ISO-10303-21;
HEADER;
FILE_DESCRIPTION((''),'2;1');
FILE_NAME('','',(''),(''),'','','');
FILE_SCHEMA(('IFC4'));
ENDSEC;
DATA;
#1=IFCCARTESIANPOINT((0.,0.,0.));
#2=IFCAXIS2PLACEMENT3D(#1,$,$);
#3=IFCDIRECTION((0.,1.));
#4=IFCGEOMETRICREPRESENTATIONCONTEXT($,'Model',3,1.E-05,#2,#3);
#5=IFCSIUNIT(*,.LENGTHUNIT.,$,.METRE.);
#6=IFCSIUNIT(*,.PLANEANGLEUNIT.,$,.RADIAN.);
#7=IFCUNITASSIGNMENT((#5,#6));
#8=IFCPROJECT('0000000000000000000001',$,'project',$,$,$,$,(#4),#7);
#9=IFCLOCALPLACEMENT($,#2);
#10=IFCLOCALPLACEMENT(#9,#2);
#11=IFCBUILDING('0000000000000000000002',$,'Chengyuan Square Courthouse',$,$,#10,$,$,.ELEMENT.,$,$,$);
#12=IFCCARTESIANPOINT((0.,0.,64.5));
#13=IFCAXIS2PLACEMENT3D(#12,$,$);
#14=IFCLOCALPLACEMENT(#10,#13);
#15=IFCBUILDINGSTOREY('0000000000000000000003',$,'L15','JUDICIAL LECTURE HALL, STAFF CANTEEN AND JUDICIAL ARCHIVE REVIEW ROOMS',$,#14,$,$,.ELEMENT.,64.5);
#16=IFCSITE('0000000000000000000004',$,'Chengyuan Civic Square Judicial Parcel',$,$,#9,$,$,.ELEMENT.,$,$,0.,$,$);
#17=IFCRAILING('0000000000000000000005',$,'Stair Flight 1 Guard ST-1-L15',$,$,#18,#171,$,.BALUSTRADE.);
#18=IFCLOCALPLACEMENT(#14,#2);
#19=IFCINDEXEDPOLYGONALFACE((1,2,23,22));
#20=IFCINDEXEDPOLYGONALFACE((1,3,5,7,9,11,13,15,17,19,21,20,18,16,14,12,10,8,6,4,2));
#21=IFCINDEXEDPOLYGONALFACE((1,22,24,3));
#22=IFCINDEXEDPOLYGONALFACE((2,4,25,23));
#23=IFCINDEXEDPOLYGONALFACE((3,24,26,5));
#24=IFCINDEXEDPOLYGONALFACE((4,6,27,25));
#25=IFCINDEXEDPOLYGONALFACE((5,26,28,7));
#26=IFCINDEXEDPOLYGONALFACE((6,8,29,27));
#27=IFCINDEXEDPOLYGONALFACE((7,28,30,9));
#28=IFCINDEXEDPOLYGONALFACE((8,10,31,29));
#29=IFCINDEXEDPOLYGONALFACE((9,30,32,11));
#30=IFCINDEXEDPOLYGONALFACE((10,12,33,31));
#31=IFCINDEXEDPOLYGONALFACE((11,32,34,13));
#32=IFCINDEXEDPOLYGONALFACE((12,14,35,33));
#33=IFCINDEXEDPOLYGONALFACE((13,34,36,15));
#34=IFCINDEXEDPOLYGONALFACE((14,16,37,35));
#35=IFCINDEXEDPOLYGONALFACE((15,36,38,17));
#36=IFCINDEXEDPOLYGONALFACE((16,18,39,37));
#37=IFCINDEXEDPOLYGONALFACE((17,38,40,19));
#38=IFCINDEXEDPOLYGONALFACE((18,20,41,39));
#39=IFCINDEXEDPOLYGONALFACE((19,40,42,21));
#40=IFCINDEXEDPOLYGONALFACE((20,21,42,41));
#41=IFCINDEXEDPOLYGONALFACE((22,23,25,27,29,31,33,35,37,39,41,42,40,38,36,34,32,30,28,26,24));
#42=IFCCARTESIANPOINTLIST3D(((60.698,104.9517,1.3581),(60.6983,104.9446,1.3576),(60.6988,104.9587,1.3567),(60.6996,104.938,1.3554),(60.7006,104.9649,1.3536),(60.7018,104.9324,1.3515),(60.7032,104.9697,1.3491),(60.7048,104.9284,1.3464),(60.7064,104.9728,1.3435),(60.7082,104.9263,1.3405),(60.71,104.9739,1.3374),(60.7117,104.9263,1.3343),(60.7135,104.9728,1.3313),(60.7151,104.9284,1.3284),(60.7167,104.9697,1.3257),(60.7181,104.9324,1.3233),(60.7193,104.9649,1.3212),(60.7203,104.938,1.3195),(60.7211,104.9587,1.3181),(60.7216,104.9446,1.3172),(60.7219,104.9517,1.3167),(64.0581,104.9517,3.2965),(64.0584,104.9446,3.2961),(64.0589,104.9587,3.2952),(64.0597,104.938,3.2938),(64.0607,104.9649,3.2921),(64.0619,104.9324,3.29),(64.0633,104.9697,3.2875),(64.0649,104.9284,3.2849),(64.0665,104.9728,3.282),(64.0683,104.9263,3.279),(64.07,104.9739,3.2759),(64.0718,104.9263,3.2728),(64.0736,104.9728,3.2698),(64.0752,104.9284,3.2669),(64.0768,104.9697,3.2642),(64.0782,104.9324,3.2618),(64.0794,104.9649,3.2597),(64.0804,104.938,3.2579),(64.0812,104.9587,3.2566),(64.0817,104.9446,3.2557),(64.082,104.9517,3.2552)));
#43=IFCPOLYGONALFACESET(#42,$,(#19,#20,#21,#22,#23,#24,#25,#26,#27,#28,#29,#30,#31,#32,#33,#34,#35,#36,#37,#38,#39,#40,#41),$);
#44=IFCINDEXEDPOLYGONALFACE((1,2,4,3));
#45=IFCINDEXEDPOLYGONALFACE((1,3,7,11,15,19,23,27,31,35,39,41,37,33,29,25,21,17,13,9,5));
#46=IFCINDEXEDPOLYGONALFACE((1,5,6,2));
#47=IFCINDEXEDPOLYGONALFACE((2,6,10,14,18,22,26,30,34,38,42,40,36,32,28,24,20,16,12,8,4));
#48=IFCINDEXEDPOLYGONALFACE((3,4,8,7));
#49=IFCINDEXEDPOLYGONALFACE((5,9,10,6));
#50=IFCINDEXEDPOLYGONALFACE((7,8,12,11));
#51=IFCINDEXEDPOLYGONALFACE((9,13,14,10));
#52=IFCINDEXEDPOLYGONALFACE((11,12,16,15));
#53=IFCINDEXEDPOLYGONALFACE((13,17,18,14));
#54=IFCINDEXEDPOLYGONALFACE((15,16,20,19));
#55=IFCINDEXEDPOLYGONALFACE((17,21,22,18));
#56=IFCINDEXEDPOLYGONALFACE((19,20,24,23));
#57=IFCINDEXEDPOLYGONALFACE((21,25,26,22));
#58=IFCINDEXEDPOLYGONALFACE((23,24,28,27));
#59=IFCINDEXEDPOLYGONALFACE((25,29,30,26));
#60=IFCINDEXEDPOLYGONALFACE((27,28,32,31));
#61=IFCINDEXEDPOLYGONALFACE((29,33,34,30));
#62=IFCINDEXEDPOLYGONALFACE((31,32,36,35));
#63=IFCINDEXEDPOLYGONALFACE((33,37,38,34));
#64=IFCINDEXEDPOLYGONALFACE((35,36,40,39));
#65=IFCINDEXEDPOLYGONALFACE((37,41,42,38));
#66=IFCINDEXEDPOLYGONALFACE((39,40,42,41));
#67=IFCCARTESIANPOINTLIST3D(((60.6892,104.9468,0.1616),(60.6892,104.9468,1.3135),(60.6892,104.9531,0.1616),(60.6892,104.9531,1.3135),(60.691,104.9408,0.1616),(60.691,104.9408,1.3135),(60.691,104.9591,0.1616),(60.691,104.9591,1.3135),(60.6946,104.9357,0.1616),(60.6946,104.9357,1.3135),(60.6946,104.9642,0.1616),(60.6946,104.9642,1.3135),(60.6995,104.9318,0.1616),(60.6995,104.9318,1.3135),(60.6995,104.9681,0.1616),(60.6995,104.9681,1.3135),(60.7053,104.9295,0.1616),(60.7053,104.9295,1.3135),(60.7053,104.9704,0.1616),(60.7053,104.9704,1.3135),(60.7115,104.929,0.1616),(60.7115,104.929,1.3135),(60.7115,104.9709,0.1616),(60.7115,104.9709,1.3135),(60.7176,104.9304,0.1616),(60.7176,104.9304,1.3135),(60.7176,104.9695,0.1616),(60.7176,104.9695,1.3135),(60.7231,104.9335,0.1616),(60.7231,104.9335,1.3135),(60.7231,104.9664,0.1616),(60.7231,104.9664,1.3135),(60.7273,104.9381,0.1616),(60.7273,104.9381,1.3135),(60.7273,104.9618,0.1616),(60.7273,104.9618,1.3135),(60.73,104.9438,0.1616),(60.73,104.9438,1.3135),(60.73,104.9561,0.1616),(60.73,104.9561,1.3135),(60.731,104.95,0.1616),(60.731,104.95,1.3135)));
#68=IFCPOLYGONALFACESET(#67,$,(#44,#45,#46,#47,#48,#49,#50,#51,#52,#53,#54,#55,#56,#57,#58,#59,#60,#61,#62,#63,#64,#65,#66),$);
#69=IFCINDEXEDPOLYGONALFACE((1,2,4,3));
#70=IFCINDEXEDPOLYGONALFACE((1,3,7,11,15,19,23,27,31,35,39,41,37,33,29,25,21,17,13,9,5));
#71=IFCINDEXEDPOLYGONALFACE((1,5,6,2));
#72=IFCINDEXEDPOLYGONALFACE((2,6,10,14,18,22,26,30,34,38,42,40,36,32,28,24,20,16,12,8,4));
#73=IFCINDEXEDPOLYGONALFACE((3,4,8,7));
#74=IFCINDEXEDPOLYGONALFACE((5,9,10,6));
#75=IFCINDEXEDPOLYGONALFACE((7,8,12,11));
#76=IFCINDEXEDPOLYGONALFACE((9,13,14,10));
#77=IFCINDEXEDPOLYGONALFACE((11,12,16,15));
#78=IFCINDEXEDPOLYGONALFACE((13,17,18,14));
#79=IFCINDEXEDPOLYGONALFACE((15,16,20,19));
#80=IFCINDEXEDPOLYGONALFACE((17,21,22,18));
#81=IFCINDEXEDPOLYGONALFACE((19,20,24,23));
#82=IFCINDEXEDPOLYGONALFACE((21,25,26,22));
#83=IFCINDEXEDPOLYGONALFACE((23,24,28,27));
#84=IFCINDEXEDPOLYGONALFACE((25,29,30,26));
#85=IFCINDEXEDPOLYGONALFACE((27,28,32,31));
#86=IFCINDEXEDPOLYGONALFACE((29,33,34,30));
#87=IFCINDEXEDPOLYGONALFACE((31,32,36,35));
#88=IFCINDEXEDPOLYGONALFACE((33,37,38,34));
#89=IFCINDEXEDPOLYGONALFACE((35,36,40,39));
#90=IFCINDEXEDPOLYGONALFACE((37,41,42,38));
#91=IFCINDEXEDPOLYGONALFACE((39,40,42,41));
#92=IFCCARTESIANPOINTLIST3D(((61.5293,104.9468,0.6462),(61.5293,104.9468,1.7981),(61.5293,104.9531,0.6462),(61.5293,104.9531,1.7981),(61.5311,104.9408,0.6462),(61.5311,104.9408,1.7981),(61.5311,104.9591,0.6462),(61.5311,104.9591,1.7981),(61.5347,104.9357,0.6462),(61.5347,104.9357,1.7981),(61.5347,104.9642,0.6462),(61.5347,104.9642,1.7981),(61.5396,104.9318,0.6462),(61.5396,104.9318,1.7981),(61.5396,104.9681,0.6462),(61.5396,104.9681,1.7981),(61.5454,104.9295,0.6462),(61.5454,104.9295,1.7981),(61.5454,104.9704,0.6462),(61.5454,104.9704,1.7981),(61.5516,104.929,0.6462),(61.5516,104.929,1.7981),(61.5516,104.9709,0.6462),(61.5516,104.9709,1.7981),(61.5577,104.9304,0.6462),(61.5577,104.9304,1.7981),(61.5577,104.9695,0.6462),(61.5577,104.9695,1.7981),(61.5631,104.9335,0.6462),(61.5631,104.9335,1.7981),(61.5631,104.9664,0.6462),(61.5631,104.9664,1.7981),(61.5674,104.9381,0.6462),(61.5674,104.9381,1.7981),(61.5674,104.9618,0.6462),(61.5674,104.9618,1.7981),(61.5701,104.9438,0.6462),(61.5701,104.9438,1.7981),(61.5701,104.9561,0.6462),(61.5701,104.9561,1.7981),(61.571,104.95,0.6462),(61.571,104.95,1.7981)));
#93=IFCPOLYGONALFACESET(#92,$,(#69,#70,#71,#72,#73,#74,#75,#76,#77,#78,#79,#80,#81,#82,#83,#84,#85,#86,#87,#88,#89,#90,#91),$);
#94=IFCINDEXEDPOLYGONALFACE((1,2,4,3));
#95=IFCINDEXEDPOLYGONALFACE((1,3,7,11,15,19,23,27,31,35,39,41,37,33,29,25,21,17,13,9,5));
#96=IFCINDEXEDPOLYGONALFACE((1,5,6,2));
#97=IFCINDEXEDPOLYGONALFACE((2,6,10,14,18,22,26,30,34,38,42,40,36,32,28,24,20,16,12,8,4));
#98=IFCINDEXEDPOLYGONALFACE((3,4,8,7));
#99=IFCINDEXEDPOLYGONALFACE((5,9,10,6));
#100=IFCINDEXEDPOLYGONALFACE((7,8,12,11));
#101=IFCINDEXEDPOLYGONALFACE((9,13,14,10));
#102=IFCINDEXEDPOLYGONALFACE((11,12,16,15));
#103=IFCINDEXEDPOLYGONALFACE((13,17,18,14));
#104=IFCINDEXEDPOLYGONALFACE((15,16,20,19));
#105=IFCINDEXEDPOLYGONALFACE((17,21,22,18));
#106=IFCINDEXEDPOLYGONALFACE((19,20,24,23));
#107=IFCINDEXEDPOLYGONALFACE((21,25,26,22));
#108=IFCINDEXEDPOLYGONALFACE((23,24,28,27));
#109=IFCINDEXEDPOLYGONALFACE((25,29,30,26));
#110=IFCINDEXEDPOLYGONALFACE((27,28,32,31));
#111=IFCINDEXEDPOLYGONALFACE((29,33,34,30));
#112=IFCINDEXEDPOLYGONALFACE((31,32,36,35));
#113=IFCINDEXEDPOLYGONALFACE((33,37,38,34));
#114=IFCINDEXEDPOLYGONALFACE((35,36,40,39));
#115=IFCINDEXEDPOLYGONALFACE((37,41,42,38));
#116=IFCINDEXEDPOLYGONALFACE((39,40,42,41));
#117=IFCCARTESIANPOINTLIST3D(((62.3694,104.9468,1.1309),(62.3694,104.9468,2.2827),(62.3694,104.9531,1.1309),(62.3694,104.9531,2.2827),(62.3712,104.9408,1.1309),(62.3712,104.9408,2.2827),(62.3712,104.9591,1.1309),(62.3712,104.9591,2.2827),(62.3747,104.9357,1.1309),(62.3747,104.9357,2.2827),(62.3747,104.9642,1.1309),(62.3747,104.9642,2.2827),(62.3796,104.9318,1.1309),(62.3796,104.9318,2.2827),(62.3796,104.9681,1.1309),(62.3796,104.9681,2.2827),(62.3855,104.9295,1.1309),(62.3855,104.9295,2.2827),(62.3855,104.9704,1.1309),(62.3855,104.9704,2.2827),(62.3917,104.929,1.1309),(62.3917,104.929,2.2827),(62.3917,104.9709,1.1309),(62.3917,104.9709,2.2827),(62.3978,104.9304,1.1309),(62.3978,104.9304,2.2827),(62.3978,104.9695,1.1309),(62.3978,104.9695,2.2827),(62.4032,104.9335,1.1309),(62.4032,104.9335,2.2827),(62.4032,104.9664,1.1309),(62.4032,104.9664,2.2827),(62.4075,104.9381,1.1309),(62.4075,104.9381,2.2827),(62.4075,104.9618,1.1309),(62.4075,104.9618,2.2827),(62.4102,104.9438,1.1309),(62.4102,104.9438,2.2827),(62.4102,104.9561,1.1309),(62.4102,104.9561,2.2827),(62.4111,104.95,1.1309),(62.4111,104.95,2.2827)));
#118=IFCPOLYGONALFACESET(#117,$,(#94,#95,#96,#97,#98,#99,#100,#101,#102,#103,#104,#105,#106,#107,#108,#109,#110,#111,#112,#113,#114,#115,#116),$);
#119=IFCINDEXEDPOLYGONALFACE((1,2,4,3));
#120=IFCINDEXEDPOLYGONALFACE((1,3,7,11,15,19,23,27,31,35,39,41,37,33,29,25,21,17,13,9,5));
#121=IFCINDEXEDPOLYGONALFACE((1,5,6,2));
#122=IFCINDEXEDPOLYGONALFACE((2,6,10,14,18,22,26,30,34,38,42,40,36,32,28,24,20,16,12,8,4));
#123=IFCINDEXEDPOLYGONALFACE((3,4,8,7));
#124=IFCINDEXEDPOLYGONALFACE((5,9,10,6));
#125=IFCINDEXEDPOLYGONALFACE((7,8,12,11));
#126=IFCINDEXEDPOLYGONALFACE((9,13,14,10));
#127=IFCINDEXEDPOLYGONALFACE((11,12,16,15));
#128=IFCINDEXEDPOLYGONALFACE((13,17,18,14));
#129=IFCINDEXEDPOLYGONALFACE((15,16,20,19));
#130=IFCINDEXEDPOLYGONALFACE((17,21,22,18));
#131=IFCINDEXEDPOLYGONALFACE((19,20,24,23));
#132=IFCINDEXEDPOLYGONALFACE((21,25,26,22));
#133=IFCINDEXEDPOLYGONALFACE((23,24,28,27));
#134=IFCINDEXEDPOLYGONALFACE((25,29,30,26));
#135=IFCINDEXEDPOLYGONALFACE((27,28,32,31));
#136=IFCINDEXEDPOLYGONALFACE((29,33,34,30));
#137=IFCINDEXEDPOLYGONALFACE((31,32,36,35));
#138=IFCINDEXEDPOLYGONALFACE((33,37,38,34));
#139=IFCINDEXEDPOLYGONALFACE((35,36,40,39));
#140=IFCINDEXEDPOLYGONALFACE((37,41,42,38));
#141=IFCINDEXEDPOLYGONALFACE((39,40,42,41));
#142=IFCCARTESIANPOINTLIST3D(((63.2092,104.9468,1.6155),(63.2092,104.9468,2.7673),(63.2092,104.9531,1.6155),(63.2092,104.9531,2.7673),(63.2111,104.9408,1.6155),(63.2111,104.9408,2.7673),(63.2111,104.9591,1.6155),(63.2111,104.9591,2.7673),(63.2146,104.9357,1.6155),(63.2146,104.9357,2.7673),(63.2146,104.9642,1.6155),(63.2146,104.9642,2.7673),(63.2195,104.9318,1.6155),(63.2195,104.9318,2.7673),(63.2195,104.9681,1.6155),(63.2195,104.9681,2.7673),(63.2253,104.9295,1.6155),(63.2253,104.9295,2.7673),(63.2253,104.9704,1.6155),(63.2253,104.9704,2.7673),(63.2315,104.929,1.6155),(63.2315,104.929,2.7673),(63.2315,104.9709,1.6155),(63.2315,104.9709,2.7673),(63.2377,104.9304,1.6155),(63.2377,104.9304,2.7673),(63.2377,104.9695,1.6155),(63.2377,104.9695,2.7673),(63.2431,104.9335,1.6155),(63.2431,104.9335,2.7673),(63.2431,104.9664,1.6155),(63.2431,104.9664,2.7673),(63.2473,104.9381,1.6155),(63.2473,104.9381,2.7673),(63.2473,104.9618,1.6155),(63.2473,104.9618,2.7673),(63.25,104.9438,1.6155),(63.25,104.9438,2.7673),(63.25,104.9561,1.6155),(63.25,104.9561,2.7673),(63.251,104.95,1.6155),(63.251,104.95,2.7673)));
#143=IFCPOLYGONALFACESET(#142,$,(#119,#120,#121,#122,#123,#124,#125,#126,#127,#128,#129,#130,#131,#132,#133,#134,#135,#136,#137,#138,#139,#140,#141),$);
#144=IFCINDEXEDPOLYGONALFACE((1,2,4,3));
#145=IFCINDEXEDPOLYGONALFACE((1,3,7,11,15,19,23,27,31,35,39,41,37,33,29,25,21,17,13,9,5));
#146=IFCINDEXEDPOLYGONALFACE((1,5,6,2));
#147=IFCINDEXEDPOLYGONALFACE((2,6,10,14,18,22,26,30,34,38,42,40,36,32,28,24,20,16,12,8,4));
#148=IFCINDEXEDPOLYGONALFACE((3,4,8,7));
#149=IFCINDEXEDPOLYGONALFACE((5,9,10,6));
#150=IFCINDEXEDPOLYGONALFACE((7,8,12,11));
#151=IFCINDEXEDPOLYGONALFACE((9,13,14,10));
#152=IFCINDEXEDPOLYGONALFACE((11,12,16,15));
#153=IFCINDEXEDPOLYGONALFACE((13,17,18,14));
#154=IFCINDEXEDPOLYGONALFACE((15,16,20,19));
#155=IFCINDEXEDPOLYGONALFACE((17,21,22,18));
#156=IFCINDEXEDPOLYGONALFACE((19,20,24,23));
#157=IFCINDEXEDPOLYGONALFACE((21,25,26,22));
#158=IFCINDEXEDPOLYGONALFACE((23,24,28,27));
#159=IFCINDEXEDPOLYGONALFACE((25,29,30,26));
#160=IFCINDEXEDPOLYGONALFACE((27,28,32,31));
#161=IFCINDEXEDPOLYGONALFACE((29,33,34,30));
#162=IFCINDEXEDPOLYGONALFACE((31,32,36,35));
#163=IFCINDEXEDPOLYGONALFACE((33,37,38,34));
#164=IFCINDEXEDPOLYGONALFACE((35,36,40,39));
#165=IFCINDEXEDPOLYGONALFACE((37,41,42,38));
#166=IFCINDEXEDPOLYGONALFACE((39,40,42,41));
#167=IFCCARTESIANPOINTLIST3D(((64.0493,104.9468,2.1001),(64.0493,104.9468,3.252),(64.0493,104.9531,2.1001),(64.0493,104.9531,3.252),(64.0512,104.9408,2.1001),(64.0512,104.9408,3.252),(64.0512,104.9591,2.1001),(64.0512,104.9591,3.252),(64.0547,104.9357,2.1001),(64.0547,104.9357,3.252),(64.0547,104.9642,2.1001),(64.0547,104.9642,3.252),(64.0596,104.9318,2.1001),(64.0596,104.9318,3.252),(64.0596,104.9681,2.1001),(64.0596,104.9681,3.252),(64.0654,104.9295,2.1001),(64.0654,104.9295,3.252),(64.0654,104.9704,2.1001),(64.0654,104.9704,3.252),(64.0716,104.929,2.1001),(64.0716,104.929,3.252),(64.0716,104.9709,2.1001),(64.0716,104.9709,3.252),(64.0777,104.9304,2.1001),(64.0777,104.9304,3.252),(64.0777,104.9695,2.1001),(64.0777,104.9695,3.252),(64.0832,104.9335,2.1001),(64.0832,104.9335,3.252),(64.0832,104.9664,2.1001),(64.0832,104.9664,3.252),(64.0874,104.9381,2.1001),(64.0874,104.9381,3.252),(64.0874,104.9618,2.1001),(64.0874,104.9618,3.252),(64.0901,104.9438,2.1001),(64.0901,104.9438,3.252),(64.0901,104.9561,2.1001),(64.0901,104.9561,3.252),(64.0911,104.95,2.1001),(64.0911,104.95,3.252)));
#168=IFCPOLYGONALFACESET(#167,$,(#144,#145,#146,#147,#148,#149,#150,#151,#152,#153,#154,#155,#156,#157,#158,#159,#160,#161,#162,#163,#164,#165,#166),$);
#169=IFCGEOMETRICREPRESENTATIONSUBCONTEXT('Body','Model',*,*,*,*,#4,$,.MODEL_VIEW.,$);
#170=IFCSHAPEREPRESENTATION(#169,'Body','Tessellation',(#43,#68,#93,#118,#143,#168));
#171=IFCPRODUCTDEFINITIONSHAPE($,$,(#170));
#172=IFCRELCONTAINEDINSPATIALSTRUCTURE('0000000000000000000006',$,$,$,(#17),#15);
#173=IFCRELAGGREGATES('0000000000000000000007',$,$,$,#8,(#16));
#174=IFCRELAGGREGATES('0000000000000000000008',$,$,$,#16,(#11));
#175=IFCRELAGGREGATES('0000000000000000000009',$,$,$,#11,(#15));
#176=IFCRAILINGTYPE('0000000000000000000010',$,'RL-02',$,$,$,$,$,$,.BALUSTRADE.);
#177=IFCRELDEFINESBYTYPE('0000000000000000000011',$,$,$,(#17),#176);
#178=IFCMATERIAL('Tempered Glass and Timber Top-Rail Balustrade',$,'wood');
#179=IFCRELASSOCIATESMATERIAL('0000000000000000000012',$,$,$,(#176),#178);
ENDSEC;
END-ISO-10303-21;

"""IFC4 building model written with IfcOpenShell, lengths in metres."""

from ifc_helpers import new_model, si_unit, direction, frame, origin, origin_2d, place, context, subcontext, project, spatial, circle, extrude, material, type_object, element, save


model = new_model("IFC4")

# Units and contexts
model_context = context("Model", 3, precision=1e-05, world=origin(), true_north=direction((0.0, 1.0)))
body_context = subcontext(model_context, "Body", "Model", "MODEL_VIEW")
ifc_project = project(units=[si_unit("LENGTHUNIT", "METRE"), si_unit("PLANEANGLEUNIT", "RADIAN")], contexts=[model_context])

# Site, building, storey
site_placement = place(None, origin())
site = spatial("IfcSite", under=ifc_project, at=site_placement, Name="Chengyuan Civic Square Judicial Parcel", CompositionType="ELEMENT", RefElevation=0.0)
building_placement = place(site_placement, origin())
building = spatial("IfcBuilding", under=site, at=building_placement, Name="Chengyuan Square Courthouse", CompositionType="ELEMENT")
storey_placement = place(building_placement, frame((0.0, 0.0, 64.5)))
storey = spatial("IfcBuildingStorey", under=building, at=storey_placement, Name="L15", Description="JUDICIAL LECTURE HALL, STAFF CANTEEN AND JUDICIAL ARCHIVE REVIEW ROOMS", CompositionType="ELEMENT", Elevation=64.5)

# Railing
ifc_material_1 = material(Name="Tempered Glass and Timber Top-Rail Balustrade", Category="wood")
railing_type_1 = type_object("IfcRailingType", Name="RL-02", PredefinedType="BALUSTRADE", material=ifc_material_1)
railing_1_placement = place(storey_placement, frame((60.71, 104.95, 0.1616)))
element("IfcRailing", 1, at=railing_1_placement, inside=storey, type_object=railing_type_1, Name="Stair Flight 1 Guard ST-1-L15", PredefinedType="BALUSTRADE", context=body_context, shape_type="SweptSolid", body=[
    extrude(circle(Radius=0.0239, at=origin_2d()), frame((0.0, 0.0, 1.1758), z_axis=(0.866191, 0.0, 0.499713), x_axis=(0.0, 1.0, 0.0)), (0.0, 0.0, 1.0), 3.8792),
    extrude(circle(Radius=0.021, at=origin_2d()), origin(), (0.0, 0.0, 1.0), 1.1519),
    extrude(circle(Radius=0.021, at=origin_2d()), frame((0.8401, 0.0, 0.4846)), (0.0, 0.0, 1.0), 1.1519),
    extrude(circle(Radius=0.021, at=origin_2d()), frame((1.6802, 0.0, 0.9692)), (0.0, 0.0, 1.0), 1.1519),
    extrude(circle(Radius=0.021, at=origin_2d()), frame((2.52, 0.0, 1.4539)), (0.0, 0.0, 1.0), 1.1519),
    extrude(circle(Radius=0.021, at=origin_2d()), frame((3.3601, 0.0, 1.9385)), (0.0, 0.0, 1.0), 1.1519),
])

save(model, "model.ifc")
